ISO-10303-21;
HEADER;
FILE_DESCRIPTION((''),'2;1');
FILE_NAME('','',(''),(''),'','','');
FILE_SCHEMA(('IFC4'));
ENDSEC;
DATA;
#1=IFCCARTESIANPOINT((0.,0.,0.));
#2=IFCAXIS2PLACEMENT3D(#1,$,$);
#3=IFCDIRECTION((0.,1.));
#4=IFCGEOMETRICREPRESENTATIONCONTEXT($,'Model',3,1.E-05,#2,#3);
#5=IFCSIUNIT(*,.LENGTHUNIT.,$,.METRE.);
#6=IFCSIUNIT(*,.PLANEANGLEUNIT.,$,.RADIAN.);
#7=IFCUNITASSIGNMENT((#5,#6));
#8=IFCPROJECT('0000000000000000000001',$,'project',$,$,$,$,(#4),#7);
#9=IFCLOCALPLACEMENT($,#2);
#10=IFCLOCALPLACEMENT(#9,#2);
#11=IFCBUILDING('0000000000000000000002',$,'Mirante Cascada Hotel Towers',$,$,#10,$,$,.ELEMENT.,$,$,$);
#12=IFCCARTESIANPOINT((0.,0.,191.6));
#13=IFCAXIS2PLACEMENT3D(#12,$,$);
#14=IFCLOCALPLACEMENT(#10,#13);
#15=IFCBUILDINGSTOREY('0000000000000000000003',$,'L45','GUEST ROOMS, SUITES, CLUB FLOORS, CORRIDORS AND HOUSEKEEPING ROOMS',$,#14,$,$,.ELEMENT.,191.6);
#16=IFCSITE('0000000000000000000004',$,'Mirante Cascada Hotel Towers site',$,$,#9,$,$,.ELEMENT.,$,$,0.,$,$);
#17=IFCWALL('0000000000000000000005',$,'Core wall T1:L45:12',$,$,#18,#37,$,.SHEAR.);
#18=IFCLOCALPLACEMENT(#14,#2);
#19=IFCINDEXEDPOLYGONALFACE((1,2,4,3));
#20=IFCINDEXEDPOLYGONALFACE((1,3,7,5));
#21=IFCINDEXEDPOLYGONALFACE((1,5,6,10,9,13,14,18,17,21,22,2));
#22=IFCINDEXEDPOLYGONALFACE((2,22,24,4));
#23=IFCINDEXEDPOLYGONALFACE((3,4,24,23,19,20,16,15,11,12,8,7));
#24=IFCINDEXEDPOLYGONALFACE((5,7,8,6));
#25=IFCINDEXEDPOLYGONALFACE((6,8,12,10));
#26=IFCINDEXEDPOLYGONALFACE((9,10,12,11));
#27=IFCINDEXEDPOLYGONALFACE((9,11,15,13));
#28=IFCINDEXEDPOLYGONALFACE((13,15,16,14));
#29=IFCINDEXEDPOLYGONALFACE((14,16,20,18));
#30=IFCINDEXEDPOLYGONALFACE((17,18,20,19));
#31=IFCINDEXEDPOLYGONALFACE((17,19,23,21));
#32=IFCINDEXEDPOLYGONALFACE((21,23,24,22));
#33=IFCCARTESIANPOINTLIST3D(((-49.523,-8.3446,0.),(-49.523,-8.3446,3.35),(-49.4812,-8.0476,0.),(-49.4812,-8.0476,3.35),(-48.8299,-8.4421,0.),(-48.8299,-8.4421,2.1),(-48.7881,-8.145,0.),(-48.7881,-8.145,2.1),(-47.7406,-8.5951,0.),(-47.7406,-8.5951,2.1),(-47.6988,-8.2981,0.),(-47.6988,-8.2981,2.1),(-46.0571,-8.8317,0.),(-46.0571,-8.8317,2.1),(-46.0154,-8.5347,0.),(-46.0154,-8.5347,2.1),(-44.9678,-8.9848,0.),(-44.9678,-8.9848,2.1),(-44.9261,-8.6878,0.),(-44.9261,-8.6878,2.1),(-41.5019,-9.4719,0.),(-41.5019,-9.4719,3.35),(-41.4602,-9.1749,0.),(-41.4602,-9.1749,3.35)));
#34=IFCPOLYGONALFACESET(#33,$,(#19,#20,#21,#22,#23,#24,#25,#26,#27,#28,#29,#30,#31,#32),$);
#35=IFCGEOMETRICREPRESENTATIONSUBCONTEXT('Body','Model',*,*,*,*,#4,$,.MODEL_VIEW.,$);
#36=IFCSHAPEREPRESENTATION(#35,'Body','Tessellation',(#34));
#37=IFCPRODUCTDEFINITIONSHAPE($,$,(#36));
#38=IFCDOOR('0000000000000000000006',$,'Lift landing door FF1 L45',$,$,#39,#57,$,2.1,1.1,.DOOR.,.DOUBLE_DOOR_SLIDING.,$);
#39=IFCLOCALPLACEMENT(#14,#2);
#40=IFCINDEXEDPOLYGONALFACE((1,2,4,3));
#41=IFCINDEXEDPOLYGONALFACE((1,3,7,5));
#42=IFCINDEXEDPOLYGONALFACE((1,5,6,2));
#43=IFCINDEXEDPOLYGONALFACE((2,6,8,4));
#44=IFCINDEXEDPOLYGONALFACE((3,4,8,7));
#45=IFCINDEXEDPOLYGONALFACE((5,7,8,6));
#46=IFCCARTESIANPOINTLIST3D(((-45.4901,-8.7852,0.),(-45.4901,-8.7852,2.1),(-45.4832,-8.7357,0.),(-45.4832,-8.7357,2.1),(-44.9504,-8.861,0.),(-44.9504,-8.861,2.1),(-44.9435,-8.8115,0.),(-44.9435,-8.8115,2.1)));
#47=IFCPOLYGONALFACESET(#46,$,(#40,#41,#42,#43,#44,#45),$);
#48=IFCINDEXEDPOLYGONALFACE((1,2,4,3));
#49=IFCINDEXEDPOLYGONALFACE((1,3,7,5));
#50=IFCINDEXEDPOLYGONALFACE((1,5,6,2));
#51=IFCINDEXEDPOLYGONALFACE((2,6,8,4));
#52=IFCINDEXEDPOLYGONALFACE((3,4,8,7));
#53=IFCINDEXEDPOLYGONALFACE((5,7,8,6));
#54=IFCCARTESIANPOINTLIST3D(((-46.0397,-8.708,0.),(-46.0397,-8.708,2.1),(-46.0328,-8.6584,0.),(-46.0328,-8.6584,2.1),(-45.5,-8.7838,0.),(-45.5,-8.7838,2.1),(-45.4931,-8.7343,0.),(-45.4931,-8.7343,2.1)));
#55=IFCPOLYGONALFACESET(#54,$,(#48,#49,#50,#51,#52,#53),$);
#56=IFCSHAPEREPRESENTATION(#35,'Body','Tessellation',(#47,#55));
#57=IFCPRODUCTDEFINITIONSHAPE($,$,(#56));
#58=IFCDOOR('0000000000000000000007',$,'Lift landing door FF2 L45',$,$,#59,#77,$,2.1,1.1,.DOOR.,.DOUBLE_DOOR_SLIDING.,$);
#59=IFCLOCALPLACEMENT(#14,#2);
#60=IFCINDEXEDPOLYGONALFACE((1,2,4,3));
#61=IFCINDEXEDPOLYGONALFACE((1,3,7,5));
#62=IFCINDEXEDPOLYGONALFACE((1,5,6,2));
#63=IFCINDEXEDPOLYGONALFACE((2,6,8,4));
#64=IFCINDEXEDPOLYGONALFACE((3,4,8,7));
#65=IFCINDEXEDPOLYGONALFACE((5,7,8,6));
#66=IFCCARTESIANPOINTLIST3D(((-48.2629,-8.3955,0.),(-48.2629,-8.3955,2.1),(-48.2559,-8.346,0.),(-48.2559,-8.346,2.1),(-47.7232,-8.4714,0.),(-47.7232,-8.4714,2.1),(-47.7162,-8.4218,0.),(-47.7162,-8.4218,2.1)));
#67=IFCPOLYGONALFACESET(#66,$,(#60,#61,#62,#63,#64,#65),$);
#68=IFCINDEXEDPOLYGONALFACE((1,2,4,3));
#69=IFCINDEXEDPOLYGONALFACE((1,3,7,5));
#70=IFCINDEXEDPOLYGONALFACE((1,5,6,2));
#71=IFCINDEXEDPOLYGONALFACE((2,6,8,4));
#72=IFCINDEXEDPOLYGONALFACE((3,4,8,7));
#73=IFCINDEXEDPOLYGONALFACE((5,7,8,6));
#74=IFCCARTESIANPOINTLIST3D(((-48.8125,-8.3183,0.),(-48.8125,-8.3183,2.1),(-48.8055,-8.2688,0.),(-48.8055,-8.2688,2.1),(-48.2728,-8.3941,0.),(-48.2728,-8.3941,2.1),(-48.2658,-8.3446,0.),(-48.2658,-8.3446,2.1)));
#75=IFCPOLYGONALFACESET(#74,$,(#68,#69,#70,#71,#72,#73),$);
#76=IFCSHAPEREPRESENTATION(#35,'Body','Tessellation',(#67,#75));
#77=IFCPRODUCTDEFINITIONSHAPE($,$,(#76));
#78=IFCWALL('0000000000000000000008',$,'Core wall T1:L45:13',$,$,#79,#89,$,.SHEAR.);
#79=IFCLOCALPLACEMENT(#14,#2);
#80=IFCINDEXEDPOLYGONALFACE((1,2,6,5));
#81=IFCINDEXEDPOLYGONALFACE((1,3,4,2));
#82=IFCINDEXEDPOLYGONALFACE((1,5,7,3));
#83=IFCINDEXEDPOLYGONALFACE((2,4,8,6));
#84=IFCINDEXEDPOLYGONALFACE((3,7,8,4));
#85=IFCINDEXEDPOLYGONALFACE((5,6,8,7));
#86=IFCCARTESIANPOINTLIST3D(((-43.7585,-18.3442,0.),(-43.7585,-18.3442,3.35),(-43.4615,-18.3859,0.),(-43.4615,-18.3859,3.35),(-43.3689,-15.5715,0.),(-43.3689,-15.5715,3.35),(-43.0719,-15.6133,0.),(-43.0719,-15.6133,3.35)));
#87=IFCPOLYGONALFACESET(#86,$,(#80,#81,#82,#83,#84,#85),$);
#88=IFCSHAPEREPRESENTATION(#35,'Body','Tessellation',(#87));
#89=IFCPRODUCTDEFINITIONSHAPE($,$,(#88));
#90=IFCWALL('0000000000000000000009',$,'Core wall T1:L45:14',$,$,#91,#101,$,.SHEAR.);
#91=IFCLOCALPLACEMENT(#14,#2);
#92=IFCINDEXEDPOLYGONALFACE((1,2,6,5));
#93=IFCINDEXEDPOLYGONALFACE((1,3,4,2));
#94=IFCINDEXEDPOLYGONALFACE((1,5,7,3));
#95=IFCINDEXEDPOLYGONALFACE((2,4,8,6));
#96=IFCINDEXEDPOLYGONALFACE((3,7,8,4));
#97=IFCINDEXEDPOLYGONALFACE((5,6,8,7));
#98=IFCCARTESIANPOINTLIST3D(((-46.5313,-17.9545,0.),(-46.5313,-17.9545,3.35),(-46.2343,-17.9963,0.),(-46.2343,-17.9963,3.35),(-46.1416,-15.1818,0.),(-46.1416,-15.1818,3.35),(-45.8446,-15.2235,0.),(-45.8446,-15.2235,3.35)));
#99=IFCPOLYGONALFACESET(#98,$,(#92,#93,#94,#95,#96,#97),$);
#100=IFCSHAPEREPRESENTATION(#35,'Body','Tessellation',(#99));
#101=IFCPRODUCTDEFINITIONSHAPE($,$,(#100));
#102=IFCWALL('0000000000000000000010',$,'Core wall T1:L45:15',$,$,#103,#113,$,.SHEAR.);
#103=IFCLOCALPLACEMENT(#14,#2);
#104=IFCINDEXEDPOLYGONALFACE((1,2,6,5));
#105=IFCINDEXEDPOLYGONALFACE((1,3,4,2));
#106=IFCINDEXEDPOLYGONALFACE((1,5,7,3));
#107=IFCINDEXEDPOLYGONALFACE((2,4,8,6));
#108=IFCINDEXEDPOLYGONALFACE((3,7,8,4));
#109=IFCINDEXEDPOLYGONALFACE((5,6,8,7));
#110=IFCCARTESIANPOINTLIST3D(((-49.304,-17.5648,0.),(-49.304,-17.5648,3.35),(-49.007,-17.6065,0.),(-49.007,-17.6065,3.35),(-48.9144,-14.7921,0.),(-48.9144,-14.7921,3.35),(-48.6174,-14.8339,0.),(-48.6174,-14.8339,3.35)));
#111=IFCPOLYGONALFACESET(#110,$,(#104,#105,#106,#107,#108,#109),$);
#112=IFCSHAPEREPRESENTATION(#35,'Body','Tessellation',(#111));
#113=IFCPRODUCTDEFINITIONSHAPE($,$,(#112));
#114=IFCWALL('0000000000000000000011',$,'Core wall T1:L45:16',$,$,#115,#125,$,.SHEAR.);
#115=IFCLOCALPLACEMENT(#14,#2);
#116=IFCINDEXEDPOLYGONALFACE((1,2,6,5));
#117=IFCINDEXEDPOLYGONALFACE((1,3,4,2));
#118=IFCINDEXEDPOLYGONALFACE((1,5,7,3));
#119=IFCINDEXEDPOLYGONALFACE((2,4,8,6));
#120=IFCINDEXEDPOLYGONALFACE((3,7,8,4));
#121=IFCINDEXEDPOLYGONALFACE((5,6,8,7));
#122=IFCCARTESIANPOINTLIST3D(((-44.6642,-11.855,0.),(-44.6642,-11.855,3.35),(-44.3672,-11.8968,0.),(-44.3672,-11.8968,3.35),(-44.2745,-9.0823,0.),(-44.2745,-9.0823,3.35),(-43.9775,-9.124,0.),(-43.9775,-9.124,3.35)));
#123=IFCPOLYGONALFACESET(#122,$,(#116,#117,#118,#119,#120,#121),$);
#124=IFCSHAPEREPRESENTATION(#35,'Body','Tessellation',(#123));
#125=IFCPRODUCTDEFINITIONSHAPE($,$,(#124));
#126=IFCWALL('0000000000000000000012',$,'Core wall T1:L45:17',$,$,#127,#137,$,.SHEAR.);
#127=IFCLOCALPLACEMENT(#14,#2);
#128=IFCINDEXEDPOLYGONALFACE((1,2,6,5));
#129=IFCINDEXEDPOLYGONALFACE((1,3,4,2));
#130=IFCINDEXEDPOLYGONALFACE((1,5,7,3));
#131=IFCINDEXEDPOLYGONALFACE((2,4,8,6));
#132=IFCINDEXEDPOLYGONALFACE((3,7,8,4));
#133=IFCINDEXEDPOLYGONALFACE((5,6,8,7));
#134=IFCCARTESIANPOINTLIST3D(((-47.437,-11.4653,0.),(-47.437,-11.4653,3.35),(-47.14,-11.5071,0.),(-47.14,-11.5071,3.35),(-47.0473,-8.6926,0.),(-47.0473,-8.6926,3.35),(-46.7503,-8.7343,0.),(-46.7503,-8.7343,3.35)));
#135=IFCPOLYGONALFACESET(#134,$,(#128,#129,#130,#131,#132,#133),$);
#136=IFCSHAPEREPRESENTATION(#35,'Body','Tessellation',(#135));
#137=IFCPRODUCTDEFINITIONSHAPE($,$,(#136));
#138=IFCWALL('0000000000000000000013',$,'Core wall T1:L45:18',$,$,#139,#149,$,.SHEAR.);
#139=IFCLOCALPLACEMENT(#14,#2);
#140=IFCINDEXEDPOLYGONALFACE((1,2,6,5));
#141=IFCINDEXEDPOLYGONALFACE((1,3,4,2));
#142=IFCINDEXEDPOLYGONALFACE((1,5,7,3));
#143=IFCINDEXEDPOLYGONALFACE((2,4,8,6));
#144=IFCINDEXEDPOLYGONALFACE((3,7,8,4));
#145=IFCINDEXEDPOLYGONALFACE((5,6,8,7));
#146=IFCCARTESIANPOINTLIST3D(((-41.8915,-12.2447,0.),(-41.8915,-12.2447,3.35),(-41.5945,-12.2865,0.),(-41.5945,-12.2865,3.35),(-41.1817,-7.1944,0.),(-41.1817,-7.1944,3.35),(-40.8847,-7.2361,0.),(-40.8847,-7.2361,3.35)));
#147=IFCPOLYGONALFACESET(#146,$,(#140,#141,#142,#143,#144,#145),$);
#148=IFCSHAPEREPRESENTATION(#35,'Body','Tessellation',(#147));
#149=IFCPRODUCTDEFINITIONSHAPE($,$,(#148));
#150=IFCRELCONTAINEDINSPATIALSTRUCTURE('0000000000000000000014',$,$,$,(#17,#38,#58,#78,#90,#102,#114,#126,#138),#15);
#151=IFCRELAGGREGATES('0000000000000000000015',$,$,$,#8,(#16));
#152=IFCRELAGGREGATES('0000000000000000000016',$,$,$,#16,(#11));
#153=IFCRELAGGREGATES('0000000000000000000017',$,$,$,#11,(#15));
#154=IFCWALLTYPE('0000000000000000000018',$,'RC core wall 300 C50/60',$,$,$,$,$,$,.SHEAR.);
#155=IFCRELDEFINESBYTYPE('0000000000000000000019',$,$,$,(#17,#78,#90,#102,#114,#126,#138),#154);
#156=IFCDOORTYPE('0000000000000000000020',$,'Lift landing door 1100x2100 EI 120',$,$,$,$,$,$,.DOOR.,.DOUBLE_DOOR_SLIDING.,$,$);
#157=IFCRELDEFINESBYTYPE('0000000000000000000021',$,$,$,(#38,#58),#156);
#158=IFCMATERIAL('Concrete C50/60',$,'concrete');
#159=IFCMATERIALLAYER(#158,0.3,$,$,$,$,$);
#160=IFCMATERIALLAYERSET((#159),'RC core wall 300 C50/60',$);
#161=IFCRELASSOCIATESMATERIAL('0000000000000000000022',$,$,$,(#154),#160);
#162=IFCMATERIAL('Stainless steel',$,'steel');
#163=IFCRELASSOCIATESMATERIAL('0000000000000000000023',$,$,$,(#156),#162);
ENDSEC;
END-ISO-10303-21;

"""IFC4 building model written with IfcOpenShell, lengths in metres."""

from ifc_helpers import new_model, si_unit, direction, frame, frame_2d, origin, place, context, subcontext, project, spatial, rectangle, extrude, material, layer, layer_set, type_object, element, fill, save


model = new_model("IFC4")

# Units and contexts
model_context = context("Model", 3, precision=1e-05, world=origin(), true_north=direction((0.0, 1.0)))
body_context = subcontext(model_context, "Body", "Model", "MODEL_VIEW")
ifc_project = project(units=[si_unit("LENGTHUNIT", "METRE"), si_unit("PLANEANGLEUNIT", "RADIAN")], contexts=[model_context])

# Site, building, storey
site_placement = place(None, origin())
site = spatial("IfcSite", under=ifc_project, at=site_placement, Name="Mirante Cascada Hotel Towers site", CompositionType="ELEMENT", RefElevation=0.0)
building_placement = place(site_placement, origin())
building = spatial("IfcBuilding", under=site, at=building_placement, Name="Mirante Cascada Hotel Towers", CompositionType="ELEMENT")
storey_placement = place(building_placement, frame((0.0, 0.0, 191.6)))
storey = spatial("IfcBuildingStorey", under=building, at=storey_placement, Name="L45", Description="GUEST ROOMS, SUITES, CLUB FLOORS, CORRIDORS AND HOUSEKEEPING ROOMS", CompositionType="ELEMENT", Elevation=191.6)

# Shared definitions
ifc_material_1 = material(Name="Concrete C50/60", Category="concrete")
ifc_layer_1 = layer(ifc_material_1, 0.3)
ifc_layer_set_1 = layer_set([ifc_layer_1], Name="RC core wall 300 C50/60")
wall_type_1 = type_object("IfcWallType", Name="RC core wall 300 C50/60", PredefinedType="SHEAR", material=ifc_layer_set_1)
ifc_material_2 = material(Name="Stainless steel", Category="steel")
door_type_1 = type_object("IfcDoorType", Name="Lift landing door 1100x2100 EI 120", OperationType="DOUBLE_DOOR_SLIDING", PredefinedType="DOOR", material=ifc_material_2)

# Wall, openings, doors
wall_1_placement = place(storey_placement, frame((-41.481, -9.3234, 0.0), z_axis=(0.0, 0.0, 1.0), x_axis=(-0.990268, 0.139174, 0.0)))
wall_1 = element("IfcWall", 1, at=wall_1_placement, inside=storey, type_object=wall_type_1, Name="Core wall T1:L45:12", PredefinedType="SHEAR", context=body_context, shape_type="SweptSolid", body=[
    extrude(rectangle(XDim=8.0999, YDim=0.3, at=frame_2d((4.05, 0.0))), origin(), (0.0, 0.0, 1.0), 3.35),
])
opening_1_placement = place(wall_1_placement, frame((3.5, 0.0, 0.0)))
opening_1 = element("IfcOpeningElement", 2, at=opening_1_placement, cuts=wall_1, PredefinedType="OPENING", context=body_context, shape_type="SweptSolid", body=[
    extrude(rectangle(XDim=1.1, YDim=2.1, at=frame_2d((0.55, 1.05))), frame((0.0, 0.15, 0.0), z_axis=(0.0, -1.0, 0.0), x_axis=(1.0, 0.0, 0.0)), (0.0, 0.0, 1.0), 0.3),
])
opening_2_placement = place(wall_1_placement, frame((6.3, 0.0, 0.0)))
opening_2 = element("IfcOpeningElement", 3, at=opening_2_placement, cuts=wall_1, PredefinedType="OPENING", context=body_context, shape_type="SweptSolid", body=[
    extrude(rectangle(XDim=1.1, YDim=2.1, at=frame_2d((0.55, 1.05))), frame((0.0, 0.15, 0.0), z_axis=(0.0, -1.0, 0.0), x_axis=(1.0, 0.0, 0.0)), (0.0, 0.0, 1.0), 0.3),
])
door_1_placement = place(opening_1_placement, origin())
door_1 = element("IfcDoor", 4, at=door_1_placement, inside=storey, type_object=door_type_1, Name="Lift landing door FF1 L45", OperationType="DOUBLE_DOOR_SLIDING", OverallHeight=2.1, OverallWidth=1.1, PredefinedType="DOOR", context=body_context, shape_type="SweptSolid", body=[
    extrude(rectangle(XDim=0.545, YDim=2.1, at=frame_2d((0.2725, 1.05))), frame((0.0, 0.025, 0.0), z_axis=(0.0, -1.0, 0.0), x_axis=(1.0, 0.0, 0.0)), (0.0, 0.0, 1.0), 0.05),
    extrude(rectangle(XDim=0.545, YDim=2.1, at=frame_2d((0.8275, 1.05))), frame((0.0, 0.025, 0.0), z_axis=(0.0, -1.0, 0.0), x_axis=(1.0, 0.0, 0.0)), (0.0, 0.0, 1.0), 0.05),
])
fill(opening_1, door_1)
door_2_placement = place(opening_2_placement, origin())
door_2 = element("IfcDoor", 5, at=door_2_placement, inside=storey, type_object=door_type_1, Name="Lift landing door FF2 L45", OperationType="DOUBLE_DOOR_SLIDING", OverallHeight=2.1, OverallWidth=1.1, PredefinedType="DOOR", context=body_context, shape_type="SweptSolid", body=[
    extrude(rectangle(XDim=0.545, YDim=2.1, at=frame_2d((0.2725, 1.05))), frame((0.0, 0.025, 0.0), z_axis=(0.0, -1.0, 0.0), x_axis=(1.0, 0.0, 0.0)), (0.0, 0.0, 1.0), 0.05),
    extrude(rectangle(XDim=0.545, YDim=2.1, at=frame_2d((0.8275, 1.05))), frame((0.0, 0.025, 0.0), z_axis=(0.0, -1.0, 0.0), x_axis=(1.0, 0.0, 0.0)), (0.0, 0.0, 1.0), 0.05),
])
fill(opening_2, door_2)

# Walls
wall_2_placement = place(storey_placement, frame((-43.61, -18.3651, 0.0), z_axis=(0.0, 0.0, 1.0), x_axis=(0.139146, 0.990272, 0.0)))
element("IfcWall", 6, at=wall_2_placement, inside=storey, type_object=wall_type_1, Name="Core wall T1:L45:13", PredefinedType="SHEAR", context=body_context, shape_type="SweptSolid", body=[
    extrude(rectangle(XDim=2.7999, YDim=0.3, at=frame_2d((1.4, 0.0))), origin(), (0.0, 0.0, 1.0), 3.35),
])
wall_3_placement = place(storey_placement, frame((-46.3828, -17.9754, 0.0), z_axis=(0.0, 0.0, 1.0), x_axis=(0.139181, 0.990267, 0.0)))
element("IfcWall", 7, at=wall_3_placement, inside=storey, type_object=wall_type_1, Name="Core wall T1:L45:14", PredefinedType="SHEAR", context=body_context, shape_type="SweptSolid", body=[
    extrude(rectangle(XDim=2.8, YDim=0.3, at=frame_2d((1.4, 0.0))), origin(), (0.0, 0.0, 1.0), 3.35),
])
wall_4_placement = place(storey_placement, frame((-49.1555, -17.5857, 0.0), z_axis=(0.0, 0.0, 1.0), x_axis=(0.139146, 0.990272, 0.0)))
element("IfcWall", 8, at=wall_4_placement, inside=storey, type_object=wall_type_1, Name="Core wall T1:L45:15", PredefinedType="SHEAR", context=body_context, shape_type="SweptSolid", body=[
    extrude(rectangle(XDim=2.7999, YDim=0.3, at=frame_2d((1.4, 0.0))), origin(), (0.0, 0.0, 1.0), 3.35),
])
for number, where, z_axis, x_axis, name in (
    (9, (-44.5157, -11.8759, 0.0), (0.0, 0.0, 1.0), (0.139181, 0.990267, 0.0), "Core wall T1:L45:16"),
    (10, (-47.2885, -11.4862, 0.0), (0.0, 0.0, 1.0), (0.139181, 0.990267, 0.0), "Core wall T1:L45:17"),
):
    element("IfcWall", number, at=place(storey_placement, frame(where, z_axis=z_axis, x_axis=x_axis)), inside=storey, type_object=wall_type_1, Name=name, PredefinedType="SHEAR", context=body_context, shape_type="SweptSolid", body=[
        extrude(rectangle(XDim=2.8, YDim=0.3, at=frame_2d((1.4, 0.0))), origin(), (0.0, 0.0, 1.0), 3.35),
    ])
wall_5_placement = place(storey_placement, frame((-41.743, -12.2656, 0.0), z_axis=(0.0, 0.0, 1.0), x_axis=(0.139176, 0.990268, 0.0)))
element("IfcWall", 11, at=wall_5_placement, inside=storey, type_object=wall_type_1, Name="Core wall T1:L45:18", PredefinedType="SHEAR", context=body_context, shape_type="SweptSolid", body=[
    extrude(rectangle(XDim=5.1, YDim=0.3, at=frame_2d((2.55, 0.0))), origin(), (0.0, 0.0, 1.0), 3.35),
])

save(model, "model.ifc")
